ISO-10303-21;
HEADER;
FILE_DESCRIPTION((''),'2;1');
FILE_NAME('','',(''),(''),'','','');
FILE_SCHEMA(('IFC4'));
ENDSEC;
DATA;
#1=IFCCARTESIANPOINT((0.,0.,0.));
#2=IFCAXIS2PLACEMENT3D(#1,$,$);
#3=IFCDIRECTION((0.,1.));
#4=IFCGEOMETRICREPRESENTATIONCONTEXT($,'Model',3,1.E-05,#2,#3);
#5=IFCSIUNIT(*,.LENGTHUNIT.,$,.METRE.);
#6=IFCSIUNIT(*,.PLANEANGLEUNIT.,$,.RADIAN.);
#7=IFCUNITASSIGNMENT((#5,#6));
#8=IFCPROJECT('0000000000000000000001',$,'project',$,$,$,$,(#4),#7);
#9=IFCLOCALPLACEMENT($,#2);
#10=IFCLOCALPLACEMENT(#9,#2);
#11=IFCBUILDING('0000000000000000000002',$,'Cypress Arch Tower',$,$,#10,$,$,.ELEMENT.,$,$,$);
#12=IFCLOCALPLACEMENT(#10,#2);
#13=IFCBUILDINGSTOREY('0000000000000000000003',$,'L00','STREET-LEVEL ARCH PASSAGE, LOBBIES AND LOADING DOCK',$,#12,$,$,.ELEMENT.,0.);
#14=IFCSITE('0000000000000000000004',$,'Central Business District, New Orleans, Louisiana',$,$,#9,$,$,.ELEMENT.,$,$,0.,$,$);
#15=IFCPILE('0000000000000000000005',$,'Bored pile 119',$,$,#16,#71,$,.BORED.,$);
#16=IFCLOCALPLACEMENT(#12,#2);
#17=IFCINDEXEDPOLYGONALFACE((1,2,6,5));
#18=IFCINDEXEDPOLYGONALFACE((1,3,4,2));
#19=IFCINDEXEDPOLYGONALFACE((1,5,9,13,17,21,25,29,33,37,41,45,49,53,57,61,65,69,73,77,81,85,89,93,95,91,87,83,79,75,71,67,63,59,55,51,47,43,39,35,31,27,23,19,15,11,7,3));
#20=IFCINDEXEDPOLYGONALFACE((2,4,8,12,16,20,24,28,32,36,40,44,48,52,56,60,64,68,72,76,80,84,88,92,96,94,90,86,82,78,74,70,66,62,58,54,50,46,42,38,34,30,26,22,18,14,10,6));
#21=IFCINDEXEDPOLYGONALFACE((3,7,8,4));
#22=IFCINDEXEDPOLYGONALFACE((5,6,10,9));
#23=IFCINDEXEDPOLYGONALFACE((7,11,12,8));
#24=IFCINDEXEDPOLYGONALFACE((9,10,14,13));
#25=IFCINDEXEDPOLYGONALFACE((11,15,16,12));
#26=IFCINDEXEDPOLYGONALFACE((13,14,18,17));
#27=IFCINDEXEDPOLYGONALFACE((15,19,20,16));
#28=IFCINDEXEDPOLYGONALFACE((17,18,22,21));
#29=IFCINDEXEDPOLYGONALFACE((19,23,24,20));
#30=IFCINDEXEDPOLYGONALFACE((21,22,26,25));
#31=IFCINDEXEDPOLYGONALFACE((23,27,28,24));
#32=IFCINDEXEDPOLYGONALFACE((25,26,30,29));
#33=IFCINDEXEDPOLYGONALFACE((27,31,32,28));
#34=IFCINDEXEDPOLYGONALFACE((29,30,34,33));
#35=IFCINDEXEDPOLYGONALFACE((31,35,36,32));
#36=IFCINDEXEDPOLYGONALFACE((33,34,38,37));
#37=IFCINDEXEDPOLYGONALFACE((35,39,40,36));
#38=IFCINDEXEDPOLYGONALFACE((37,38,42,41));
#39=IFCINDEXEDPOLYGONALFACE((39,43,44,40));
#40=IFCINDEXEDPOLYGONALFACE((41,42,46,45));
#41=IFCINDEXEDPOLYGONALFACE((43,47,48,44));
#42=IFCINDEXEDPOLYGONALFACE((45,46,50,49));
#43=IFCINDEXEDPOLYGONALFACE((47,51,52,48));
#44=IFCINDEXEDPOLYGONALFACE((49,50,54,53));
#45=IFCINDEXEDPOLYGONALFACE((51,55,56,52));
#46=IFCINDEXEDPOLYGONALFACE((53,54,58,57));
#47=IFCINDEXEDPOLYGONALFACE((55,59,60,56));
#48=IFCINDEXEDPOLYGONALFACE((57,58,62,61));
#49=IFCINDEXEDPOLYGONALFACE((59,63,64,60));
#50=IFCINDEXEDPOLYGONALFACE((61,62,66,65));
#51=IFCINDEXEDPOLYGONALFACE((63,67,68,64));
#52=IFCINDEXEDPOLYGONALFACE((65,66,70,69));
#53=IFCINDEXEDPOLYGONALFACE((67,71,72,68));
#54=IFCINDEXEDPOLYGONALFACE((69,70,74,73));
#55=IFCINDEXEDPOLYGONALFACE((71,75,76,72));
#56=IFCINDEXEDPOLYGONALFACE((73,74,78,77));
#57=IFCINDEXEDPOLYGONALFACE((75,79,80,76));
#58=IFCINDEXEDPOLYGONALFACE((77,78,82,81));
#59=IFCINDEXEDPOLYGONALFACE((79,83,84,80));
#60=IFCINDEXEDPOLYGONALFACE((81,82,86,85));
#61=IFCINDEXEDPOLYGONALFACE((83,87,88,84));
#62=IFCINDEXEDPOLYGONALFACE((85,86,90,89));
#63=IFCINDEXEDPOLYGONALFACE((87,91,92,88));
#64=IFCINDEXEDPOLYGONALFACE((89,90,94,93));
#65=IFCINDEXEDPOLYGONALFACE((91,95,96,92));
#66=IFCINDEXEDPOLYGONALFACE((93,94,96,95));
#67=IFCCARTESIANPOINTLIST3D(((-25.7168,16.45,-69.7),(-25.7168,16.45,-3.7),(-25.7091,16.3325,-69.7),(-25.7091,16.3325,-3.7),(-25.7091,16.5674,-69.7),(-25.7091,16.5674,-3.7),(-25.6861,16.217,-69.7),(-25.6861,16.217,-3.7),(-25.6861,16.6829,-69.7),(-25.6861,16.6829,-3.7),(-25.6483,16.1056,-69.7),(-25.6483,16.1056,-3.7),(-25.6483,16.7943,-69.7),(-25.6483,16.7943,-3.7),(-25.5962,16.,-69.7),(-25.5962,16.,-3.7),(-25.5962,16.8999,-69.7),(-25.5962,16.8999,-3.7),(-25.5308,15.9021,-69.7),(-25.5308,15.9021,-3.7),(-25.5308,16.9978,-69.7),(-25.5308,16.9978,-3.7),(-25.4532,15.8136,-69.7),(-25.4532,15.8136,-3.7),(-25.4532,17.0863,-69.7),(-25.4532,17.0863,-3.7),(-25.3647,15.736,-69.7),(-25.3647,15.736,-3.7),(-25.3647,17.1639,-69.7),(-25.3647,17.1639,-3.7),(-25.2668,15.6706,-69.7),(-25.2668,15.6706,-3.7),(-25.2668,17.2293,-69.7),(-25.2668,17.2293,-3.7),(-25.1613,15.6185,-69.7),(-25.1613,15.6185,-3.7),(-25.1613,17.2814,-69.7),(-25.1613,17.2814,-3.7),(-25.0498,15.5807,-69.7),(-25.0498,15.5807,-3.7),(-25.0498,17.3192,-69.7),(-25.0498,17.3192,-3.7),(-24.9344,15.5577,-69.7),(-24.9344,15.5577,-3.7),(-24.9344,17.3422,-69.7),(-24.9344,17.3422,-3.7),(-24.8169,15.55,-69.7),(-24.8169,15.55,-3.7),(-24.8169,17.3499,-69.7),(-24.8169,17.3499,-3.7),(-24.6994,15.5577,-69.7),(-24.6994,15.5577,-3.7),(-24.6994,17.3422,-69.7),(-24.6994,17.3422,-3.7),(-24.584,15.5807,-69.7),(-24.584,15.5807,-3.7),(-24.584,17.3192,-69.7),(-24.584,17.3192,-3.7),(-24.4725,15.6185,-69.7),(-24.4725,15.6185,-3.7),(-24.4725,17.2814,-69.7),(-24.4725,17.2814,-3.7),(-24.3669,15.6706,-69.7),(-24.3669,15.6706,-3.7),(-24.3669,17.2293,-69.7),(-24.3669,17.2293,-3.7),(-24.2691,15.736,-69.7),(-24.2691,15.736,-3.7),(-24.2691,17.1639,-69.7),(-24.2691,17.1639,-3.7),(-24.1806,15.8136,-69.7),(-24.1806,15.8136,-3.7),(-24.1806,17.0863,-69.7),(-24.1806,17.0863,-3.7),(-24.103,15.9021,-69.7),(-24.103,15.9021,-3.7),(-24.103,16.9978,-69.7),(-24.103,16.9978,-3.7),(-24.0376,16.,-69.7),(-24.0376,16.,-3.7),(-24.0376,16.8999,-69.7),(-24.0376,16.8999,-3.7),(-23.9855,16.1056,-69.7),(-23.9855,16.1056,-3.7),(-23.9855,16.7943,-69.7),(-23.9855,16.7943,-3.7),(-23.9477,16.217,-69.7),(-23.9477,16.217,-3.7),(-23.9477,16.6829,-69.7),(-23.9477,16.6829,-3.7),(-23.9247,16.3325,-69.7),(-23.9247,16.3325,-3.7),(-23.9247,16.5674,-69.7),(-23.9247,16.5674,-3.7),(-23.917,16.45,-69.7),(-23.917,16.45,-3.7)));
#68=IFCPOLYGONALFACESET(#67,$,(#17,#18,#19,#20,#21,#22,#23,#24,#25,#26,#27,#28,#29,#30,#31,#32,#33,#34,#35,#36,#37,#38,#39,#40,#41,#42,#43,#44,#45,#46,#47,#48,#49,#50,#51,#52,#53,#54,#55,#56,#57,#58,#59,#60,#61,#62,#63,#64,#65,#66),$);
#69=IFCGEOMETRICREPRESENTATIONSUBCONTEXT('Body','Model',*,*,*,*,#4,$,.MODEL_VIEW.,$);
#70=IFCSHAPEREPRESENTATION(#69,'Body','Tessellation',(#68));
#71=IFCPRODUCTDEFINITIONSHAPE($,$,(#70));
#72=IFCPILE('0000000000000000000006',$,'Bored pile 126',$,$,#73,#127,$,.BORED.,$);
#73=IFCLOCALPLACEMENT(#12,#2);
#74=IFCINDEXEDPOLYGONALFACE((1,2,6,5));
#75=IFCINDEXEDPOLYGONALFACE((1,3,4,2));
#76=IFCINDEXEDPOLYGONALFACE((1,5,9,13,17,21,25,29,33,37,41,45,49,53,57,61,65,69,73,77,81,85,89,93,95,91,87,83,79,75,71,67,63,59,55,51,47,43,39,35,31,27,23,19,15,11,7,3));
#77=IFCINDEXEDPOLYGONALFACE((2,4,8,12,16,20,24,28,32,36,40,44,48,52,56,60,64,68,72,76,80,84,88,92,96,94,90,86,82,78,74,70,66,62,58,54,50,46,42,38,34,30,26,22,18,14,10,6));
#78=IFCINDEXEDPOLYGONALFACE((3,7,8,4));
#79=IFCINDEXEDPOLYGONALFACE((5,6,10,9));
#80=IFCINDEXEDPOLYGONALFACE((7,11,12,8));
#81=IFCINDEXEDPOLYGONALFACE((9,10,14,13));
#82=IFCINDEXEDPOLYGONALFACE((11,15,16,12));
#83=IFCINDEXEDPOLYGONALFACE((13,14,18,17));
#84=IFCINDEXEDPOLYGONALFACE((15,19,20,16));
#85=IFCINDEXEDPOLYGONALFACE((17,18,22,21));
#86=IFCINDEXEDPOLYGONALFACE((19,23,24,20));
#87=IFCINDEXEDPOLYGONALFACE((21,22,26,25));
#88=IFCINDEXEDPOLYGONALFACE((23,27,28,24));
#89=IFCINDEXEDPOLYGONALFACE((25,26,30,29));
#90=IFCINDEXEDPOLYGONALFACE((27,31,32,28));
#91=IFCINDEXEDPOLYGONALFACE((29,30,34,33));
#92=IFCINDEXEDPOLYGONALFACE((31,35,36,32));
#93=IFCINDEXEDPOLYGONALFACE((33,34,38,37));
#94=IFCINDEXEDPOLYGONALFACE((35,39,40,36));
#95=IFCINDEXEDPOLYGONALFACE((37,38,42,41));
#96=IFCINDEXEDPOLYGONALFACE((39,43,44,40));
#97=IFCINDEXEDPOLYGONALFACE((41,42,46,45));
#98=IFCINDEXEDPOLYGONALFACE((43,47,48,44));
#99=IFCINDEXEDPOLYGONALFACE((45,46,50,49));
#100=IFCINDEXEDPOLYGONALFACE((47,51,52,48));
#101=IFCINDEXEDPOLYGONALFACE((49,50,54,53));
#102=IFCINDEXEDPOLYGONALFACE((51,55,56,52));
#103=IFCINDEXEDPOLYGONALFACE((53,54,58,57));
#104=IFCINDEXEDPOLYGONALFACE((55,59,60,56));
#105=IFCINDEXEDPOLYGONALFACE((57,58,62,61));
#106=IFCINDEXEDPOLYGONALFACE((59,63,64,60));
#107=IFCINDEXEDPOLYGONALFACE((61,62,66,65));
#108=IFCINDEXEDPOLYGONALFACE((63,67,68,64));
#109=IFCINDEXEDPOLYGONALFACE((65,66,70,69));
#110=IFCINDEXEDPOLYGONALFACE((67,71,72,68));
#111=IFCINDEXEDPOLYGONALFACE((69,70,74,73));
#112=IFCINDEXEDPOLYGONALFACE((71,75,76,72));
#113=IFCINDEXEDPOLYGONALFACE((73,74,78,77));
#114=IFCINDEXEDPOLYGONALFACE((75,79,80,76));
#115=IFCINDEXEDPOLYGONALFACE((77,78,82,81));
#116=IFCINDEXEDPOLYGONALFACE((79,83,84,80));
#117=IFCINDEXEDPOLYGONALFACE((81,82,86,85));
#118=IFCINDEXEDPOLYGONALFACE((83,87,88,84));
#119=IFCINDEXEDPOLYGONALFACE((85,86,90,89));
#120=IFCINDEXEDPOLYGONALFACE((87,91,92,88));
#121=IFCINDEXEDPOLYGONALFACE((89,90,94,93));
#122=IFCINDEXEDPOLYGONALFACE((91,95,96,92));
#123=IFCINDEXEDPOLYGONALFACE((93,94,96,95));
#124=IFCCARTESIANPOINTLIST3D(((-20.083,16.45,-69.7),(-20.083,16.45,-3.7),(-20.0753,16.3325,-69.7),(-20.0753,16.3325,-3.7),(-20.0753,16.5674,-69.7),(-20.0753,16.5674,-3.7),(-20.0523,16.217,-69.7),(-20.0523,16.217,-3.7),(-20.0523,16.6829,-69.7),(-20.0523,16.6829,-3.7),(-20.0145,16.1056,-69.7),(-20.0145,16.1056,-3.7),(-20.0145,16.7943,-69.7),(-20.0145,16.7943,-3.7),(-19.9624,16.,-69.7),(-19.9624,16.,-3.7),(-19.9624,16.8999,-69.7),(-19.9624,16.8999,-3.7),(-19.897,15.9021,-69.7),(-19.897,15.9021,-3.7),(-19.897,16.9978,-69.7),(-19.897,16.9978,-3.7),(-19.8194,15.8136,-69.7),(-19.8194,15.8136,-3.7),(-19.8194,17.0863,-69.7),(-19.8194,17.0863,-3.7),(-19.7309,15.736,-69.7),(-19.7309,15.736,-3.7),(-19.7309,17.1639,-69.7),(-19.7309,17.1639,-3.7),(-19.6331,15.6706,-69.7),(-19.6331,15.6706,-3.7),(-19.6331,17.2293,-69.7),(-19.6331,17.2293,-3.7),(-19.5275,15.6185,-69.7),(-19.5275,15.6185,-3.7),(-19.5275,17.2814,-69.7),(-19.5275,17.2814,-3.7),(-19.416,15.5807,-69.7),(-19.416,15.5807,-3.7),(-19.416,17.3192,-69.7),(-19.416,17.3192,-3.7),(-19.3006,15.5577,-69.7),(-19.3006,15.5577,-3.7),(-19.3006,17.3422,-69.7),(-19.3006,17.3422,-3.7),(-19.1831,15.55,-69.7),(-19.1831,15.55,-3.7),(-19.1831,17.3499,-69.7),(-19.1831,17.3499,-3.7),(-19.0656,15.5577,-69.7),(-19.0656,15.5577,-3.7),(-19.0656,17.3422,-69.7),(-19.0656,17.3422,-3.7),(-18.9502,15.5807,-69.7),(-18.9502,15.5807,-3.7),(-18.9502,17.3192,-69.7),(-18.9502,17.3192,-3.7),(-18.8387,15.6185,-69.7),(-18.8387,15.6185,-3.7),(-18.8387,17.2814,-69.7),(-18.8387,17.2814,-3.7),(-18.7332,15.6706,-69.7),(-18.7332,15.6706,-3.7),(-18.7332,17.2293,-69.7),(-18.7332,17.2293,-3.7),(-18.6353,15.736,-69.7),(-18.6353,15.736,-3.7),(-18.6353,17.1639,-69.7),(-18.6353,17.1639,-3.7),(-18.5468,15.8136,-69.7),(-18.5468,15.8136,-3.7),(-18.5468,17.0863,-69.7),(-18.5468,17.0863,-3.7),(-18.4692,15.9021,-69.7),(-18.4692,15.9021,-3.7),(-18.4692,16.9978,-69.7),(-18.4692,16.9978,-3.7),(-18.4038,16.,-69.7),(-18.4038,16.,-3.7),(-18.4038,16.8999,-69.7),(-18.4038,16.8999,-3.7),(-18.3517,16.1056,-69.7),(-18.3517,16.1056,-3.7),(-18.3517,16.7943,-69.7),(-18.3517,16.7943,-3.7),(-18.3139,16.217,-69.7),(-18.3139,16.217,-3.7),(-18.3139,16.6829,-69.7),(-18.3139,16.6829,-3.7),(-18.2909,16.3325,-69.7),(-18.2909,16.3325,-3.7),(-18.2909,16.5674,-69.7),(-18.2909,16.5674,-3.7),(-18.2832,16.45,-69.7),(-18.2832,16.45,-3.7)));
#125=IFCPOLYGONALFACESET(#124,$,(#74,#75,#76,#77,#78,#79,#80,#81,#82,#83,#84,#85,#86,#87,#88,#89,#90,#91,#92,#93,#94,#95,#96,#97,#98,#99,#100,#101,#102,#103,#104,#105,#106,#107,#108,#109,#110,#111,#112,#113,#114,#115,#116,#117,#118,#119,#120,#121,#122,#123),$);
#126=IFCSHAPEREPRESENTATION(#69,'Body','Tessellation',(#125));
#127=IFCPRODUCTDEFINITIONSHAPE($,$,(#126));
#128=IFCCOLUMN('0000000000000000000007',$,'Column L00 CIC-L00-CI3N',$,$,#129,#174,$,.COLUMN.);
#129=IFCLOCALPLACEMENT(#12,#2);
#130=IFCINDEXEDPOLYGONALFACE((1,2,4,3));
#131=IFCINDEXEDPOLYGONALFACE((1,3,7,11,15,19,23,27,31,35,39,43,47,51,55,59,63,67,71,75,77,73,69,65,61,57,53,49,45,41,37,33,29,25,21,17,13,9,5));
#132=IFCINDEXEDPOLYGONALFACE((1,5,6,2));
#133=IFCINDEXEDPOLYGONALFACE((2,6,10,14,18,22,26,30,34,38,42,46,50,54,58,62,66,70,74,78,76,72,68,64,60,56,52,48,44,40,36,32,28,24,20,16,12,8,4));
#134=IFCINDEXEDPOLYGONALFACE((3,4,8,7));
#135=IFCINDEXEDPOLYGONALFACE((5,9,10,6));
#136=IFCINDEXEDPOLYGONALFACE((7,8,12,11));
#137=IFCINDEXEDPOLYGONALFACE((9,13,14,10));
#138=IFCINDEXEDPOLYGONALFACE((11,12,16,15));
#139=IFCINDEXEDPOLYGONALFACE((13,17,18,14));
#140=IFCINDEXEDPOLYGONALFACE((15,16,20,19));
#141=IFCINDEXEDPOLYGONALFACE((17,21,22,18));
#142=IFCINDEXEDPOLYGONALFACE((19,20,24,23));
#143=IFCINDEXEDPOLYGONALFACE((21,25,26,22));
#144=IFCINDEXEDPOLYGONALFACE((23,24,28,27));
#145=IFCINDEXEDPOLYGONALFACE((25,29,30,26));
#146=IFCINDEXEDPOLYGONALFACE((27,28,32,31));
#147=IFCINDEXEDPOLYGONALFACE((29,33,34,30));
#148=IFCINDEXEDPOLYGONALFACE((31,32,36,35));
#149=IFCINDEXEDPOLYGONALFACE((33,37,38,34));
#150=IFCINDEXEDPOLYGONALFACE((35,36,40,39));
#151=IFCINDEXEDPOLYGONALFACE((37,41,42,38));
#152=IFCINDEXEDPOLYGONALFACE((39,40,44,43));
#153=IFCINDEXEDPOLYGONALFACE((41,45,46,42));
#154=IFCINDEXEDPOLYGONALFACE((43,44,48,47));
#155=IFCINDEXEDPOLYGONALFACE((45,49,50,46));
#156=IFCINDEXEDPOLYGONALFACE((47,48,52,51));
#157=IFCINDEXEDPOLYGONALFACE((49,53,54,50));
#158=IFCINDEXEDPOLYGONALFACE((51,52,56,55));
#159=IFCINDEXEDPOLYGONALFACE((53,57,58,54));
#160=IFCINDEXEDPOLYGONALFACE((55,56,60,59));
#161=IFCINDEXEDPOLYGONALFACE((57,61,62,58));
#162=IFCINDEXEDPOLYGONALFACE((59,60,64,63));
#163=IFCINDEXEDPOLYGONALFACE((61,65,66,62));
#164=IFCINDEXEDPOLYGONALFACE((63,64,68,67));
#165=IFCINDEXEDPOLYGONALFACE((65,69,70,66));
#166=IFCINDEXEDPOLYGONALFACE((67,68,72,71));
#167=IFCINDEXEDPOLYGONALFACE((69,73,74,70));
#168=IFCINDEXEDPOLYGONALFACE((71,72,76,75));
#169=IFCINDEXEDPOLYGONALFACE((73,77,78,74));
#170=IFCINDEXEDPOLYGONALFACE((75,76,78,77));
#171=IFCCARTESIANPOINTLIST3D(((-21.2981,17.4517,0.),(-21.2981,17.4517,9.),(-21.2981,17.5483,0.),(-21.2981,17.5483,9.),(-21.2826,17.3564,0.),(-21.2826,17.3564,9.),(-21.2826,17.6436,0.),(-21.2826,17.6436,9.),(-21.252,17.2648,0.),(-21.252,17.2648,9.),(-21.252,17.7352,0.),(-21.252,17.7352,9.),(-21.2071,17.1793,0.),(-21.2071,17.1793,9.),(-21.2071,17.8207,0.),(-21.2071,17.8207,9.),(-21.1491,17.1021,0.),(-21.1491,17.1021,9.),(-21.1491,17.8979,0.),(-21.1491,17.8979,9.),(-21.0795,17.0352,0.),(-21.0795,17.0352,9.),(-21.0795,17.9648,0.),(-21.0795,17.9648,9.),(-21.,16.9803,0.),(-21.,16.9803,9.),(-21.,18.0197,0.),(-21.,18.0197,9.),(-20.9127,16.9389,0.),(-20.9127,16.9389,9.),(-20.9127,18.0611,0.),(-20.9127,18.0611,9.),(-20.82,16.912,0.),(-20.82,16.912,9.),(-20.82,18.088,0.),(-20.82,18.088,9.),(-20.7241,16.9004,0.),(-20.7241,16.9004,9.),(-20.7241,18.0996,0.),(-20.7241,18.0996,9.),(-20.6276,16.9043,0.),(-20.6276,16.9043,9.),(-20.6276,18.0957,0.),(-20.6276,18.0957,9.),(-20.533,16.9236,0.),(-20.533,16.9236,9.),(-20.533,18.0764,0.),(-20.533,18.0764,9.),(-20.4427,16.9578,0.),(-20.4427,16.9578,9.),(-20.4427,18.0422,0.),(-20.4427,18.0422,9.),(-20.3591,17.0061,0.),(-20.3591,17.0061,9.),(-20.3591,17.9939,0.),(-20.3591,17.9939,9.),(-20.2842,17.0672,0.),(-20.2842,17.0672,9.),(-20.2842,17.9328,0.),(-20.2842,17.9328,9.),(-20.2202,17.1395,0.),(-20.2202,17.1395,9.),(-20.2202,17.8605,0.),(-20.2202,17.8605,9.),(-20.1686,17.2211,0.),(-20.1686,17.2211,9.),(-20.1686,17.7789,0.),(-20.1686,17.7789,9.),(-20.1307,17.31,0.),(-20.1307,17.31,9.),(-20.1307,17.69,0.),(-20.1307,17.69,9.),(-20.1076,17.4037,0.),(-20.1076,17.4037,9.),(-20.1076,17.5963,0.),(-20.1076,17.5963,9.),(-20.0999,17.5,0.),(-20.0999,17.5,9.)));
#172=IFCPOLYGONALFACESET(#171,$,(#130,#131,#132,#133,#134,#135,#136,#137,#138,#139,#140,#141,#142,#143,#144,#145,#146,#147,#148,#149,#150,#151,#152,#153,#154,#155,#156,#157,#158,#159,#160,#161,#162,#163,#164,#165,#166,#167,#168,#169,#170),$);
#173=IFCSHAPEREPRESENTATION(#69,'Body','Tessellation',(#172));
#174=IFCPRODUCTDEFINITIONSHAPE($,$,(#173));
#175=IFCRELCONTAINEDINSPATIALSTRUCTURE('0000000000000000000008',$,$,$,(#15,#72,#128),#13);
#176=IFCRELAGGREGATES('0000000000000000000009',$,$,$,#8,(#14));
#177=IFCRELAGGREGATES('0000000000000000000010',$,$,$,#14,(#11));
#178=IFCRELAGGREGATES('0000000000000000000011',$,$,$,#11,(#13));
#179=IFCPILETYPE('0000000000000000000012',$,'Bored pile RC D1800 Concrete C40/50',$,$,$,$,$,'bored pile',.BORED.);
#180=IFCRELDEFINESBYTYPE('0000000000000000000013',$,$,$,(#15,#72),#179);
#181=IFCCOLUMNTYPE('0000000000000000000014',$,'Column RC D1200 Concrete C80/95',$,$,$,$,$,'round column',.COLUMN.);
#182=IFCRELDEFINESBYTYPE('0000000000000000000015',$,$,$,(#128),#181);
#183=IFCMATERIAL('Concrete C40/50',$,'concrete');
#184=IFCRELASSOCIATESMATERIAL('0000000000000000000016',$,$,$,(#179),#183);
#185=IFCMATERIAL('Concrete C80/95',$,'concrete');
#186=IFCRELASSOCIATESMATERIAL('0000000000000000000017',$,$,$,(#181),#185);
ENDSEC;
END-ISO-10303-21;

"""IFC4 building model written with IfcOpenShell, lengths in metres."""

from ifc_helpers import new_model, si_unit, direction, frame, origin, origin_2d, place, context, subcontext, project, spatial, circle, extrude, material, material_profile, profile_set, type_object, element, save


model = new_model("IFC4")

# Units and contexts
model_context = context("Model", 3, precision=1e-05, world=origin(), true_north=direction((0.0, 1.0)))
body_context = subcontext(model_context, "Body", "Model", "MODEL_VIEW")
ifc_project = project(units=[si_unit("LENGTHUNIT", "METRE"), si_unit("PLANEANGLEUNIT", "RADIAN")], contexts=[model_context])

# Site, building, storey
site_placement = place(None, origin())
site = spatial("IfcSite", under=ifc_project, at=site_placement, Name="Central Business District, New Orleans, Louisiana", CompositionType="ELEMENT", RefElevation=0.0)
building_placement = place(site_placement, origin())
building = spatial("IfcBuilding", under=site, at=building_placement, Name="Cypress Arch Tower", CompositionType="ELEMENT")
storey_placement = place(building_placement, origin())
storey = spatial("IfcBuildingStorey", under=building, at=storey_placement, Name="L00", Description="STREET-LEVEL ARCH PASSAGE, LOBBIES AND LOADING DOCK", CompositionType="ELEMENT", Elevation=0.0)

# Piles
ifc_material_1 = material(Name="Concrete C40/50", Category="concrete")
ifc_material_profile_1 = material_profile(ifc_material_1, circle(Radius=0.8999, at=origin_2d()), Name="RC D1800")
ifc_profile_set_1 = profile_set([ifc_material_profile_1], Name="Concrete C40/50")
pile_type = type_object("IfcPileType", Name="Bored pile RC D1800 Concrete C40/50", ElementType="bored pile", PredefinedType="BORED", material=ifc_profile_set_1)
for number, where, z_axis, x_axis, name in (
    (1, (-24.8169, 16.45, -3.7), (0.0, 0.0, -1.0), (1.0, 0.0, 0.0), "Bored pile 119"),
    (2, (-19.1831, 16.45, -3.7), (0.0, 0.0, -1.0), (1.0, 0.0, 0.0), "Bored pile 126"),
):
    element("IfcPile", number, at=place(storey_placement, frame(where, z_axis=z_axis, x_axis=x_axis)), inside=storey, type_object=pile_type, Name=name, PredefinedType="BORED", context=body_context, shape_type="SweptSolid", body=[
        extrude(circle(Radius=0.8999, at=origin_2d()), origin(), (0.0, 0.0, 1.0), 66.0),
    ])

# Column
ifc_material_2 = material(Name="Concrete C80/95", Category="concrete")
ifc_material_profile_2 = material_profile(ifc_material_2, circle(Radius=0.6001, at=origin_2d()), Name="RC D1200")
ifc_profile_set_2 = profile_set([ifc_material_profile_2], Name="Concrete C80/95")
column_type_1 = type_object("IfcColumnType", Name="Column RC D1200 Concrete C80/95", ElementType="round column", PredefinedType="COLUMN", material=ifc_profile_set_2)
column_1_placement = place(storey_placement, frame((-20.7, 17.5, 0.0), z_axis=(0.0, 0.0, 1.0), x_axis=(1.0, 0.0, 0.0)))
element("IfcColumn", 3, at=column_1_placement, inside=storey, type_object=column_type_1, Name="Column L00 CIC-L00-CI3N", PredefinedType="COLUMN", context=body_context, shape_type="SweptSolid", body=[
    extrude(circle(Radius=0.6001, at=origin_2d()), origin(), (0.0, 0.0, 1.0), 9.0),
])

save(model, "model.ifc")
